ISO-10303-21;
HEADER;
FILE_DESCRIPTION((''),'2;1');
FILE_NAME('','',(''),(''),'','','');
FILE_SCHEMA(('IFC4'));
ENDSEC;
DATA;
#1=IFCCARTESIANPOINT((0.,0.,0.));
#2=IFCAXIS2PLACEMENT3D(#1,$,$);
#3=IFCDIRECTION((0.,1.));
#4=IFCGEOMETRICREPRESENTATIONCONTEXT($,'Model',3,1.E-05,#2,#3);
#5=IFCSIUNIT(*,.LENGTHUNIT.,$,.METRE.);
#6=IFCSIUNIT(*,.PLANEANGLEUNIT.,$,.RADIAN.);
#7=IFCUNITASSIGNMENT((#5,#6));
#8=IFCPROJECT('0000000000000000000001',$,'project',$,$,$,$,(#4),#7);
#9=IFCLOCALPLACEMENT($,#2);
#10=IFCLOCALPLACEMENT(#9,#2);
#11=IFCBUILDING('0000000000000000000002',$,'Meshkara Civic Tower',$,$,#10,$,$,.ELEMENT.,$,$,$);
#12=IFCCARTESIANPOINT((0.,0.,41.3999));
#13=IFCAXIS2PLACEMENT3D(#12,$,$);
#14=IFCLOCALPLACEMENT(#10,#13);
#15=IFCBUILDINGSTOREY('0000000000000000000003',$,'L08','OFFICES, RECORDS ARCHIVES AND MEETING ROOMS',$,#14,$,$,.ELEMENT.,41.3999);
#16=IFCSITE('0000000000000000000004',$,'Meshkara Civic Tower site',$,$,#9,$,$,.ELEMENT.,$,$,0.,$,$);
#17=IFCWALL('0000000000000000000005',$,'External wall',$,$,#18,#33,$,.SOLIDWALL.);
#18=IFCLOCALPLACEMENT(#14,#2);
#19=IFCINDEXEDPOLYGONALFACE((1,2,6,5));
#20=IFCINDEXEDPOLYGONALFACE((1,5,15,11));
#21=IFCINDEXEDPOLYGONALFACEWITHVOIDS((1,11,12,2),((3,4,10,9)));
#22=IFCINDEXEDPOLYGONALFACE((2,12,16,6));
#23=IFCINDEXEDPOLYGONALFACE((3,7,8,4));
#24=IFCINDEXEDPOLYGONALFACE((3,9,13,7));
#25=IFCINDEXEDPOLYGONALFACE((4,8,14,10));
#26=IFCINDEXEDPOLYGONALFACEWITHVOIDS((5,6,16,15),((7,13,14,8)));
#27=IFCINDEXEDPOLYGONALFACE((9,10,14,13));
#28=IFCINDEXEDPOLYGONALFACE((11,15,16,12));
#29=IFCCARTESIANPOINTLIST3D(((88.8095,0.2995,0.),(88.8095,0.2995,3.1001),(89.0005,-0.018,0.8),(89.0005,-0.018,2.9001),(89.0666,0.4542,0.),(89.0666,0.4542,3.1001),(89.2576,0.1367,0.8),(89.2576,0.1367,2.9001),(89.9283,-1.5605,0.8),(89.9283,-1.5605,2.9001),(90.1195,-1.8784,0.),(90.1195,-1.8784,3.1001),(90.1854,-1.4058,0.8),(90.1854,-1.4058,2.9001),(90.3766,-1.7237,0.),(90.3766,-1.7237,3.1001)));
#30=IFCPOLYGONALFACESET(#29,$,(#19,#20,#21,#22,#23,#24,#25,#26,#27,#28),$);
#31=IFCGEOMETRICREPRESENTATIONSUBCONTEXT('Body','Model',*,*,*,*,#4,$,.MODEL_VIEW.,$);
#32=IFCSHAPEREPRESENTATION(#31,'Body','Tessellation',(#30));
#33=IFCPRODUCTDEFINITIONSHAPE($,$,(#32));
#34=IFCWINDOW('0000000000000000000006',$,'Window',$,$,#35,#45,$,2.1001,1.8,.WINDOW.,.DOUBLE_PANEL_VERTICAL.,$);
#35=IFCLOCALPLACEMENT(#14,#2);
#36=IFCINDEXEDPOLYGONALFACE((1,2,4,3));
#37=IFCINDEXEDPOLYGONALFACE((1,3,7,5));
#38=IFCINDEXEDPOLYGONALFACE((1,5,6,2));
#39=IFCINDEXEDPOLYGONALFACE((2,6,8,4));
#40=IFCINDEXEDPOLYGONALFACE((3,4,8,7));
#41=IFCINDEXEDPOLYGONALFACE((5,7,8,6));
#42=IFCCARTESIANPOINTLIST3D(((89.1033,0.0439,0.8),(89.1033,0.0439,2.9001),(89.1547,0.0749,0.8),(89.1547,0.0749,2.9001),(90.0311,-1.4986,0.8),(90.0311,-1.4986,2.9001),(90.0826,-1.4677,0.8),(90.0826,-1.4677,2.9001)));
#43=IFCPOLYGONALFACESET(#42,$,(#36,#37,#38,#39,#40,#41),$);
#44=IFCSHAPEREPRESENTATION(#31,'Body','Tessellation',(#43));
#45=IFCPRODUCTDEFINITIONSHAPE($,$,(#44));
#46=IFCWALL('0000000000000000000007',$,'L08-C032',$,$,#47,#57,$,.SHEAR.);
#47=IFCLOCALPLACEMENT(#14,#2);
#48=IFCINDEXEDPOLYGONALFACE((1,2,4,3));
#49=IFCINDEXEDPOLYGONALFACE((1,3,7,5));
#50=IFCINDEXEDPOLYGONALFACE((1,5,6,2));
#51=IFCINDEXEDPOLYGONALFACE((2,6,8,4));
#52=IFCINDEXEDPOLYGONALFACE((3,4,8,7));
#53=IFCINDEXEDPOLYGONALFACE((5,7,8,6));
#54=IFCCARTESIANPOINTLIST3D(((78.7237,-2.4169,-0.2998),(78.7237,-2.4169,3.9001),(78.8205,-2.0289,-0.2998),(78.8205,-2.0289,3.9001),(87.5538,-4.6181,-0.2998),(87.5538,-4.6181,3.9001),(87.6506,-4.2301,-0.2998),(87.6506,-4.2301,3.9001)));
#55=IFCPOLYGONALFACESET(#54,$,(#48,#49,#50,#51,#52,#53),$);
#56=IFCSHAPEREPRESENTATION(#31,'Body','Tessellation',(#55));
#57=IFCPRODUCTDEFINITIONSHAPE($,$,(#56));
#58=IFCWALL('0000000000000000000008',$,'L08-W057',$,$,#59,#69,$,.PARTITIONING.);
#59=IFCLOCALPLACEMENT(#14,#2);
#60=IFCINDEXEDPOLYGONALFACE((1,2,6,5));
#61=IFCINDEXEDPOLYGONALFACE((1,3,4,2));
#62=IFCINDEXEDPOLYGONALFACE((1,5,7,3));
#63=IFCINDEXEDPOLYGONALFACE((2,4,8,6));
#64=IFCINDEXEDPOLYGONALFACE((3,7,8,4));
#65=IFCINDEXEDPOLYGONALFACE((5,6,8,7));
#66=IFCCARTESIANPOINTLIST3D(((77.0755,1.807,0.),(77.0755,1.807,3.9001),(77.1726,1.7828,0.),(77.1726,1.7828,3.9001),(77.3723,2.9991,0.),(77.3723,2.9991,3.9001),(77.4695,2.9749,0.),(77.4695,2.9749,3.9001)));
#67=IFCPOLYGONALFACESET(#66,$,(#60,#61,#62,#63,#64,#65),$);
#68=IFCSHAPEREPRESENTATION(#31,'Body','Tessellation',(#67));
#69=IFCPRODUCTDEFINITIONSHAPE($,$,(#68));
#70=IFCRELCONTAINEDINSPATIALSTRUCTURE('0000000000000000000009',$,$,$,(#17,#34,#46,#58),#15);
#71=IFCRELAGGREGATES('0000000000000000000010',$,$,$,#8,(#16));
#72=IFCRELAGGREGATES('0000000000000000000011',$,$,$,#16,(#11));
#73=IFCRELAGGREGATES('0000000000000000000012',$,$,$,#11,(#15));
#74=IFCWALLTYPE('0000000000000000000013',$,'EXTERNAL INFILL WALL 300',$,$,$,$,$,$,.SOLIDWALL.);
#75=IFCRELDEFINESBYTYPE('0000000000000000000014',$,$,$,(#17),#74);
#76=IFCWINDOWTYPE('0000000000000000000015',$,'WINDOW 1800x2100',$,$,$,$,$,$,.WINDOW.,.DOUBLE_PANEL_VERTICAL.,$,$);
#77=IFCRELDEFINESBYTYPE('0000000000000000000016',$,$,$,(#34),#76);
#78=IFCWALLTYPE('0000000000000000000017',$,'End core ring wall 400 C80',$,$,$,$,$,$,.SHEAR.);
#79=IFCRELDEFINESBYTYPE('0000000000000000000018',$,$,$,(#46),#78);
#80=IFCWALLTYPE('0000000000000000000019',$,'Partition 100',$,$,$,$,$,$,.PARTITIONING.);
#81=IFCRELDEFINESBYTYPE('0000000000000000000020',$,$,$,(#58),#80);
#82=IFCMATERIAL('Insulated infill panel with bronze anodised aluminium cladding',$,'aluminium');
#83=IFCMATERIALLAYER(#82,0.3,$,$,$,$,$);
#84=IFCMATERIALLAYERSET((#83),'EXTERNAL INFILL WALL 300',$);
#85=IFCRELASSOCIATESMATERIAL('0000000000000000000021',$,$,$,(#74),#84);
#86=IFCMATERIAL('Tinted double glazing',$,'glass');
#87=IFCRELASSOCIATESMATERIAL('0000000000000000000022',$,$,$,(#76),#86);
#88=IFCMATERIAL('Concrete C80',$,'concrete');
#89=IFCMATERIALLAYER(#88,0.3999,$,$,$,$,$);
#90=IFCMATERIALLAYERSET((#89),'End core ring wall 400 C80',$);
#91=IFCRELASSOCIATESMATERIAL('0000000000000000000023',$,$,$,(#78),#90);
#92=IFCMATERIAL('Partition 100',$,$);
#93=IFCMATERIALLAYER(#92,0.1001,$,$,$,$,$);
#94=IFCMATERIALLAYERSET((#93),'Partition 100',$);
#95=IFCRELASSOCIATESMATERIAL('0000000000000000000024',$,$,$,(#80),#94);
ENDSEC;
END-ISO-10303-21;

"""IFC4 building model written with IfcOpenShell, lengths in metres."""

from ifc_helpers import new_model, si_unit, direction, frame, frame_2d, origin, place, context, subcontext, project, spatial, rectangle, extrude, material, layer, layer_set, type_object, element, fill, save


model = new_model("IFC4")

# Units and contexts
model_context = context("Model", 3, precision=1e-05, world=origin(), true_north=direction((0.0, 1.0)))
body_context = subcontext(model_context, "Body", "Model", "MODEL_VIEW")
ifc_project = project(units=[si_unit("LENGTHUNIT", "METRE"), si_unit("PLANEANGLEUNIT", "RADIAN")], contexts=[model_context])

# Site, building, storey
site_placement = place(None, origin())
site = spatial("IfcSite", under=ifc_project, at=site_placement, Name="Meshkara Civic Tower site", CompositionType="ELEMENT", RefElevation=0.0)
building_placement = place(site_placement, origin())
building = spatial("IfcBuilding", under=site, at=building_placement, Name="Meshkara Civic Tower", CompositionType="ELEMENT")
storey_placement = place(building_placement, frame((0.0, 0.0, 41.3999)))
storey = spatial("IfcBuildingStorey", under=building, at=storey_placement, Name="L08", Description="OFFICES, RECORDS ARCHIVES AND MEETING ROOMS", CompositionType="ELEMENT", Elevation=41.3999)

# Wall, opening, window
ifc_material_1 = material(Name="Insulated infill panel with bronze anodised aluminium cladding", Category="aluminium")
ifc_layer_1 = layer(ifc_material_1, 0.3)
ifc_layer_set_1 = layer_set([ifc_layer_1], Name="EXTERNAL INFILL WALL 300")
wall_type_1 = type_object("IfcWallType", Name="EXTERNAL INFILL WALL 300", PredefinedType="SOLIDWALL", material=ifc_layer_set_1)
ifc_material_2 = material(Name="Tinted double glazing", Category="glass")
window_type_1 = type_object("IfcWindowType", Name="WINDOW 1800x2100", PartitioningType="DOUBLE_PANEL_VERTICAL", PredefinedType="WINDOW", material=ifc_material_2)
wall_1_placement = place(storey_placement, frame((90.248, -1.801, 0.0), z_axis=(0.0, 0.0, 1.0), x_axis=(-0.515442, 0.856925, 0.0)))
wall_1 = element("IfcWall", 1, at=wall_1_placement, inside=storey, type_object=wall_type_1, Name="External wall", PredefinedType="SOLIDWALL", context=body_context, shape_type="SweptSolid", body=[
    extrude(rectangle(XDim=2.5415, YDim=0.3, at=frame_2d((1.2708, 0.0))), origin(), (0.0, 0.0, 1.0), 3.1001),
])
opening_1_placement = place(wall_1_placement, frame((0.3711, 0.0, 0.8)))
opening_1 = element("IfcOpeningElement", 2, at=opening_1_placement, cuts=wall_1, PredefinedType="OPENING", context=body_context, shape_type="SweptSolid", body=[
    extrude(rectangle(XDim=1.8, YDim=2.1001, at=frame_2d((0.8999, 1.05))), frame((0.0, 0.1599, 0.0), z_axis=(0.0, -1.0, 0.0), x_axis=(1.0, 0.0, 0.0)), (0.0, 0.0, 1.0), 0.3201),
])
window_1_placement = place(opening_1_placement, origin())
window_1 = element("IfcWindow", 3, at=window_1_placement, inside=storey, type_object=window_type_1, Name="Window", OverallHeight=2.1001, OverallWidth=1.8, PartitioningType="DOUBLE_PANEL_VERTICAL", PredefinedType="WINDOW", context=body_context, shape_type="SweptSolid", body=[
    extrude(rectangle(XDim=1.8, YDim=2.1001, at=frame_2d((0.8999, 1.05))), frame((0.0, 0.03, 0.0), z_axis=(0.0, -1.0, 0.0), x_axis=(1.0, 0.0, 0.0)), (0.0, 0.0, 1.0), 0.0601),
])
fill(opening_1, window_1)

# Walls
ifc_material_3 = material(Name="Concrete C80", Category="concrete")
ifc_layer_2 = layer(ifc_material_3, 0.3999)
ifc_layer_set_2 = layer_set([ifc_layer_2], Name="End core ring wall 400 C80")
wall_type_2 = type_object("IfcWallType", Name="End core ring wall 400 C80", PredefinedType="SHEAR", material=ifc_layer_set_2)
wall_2_placement = place(storey_placement, frame((78.772, -2.2229, -0.2998), z_axis=(0.0, 0.0, 1.0), x_axis=(0.970306, -0.241879, 0.0)))
element("IfcWall", 4, at=wall_2_placement, inside=storey, type_object=wall_type_2, Name="L08-C032", PredefinedType="SHEAR", context=body_context, shape_type="SweptSolid", body=[
    extrude(rectangle(XDim=9.1003, YDim=0.3999, at=frame_2d((4.5503, 0.0))), origin(), (0.0, 0.0, 1.0), 4.2),
])
ifc_material_4 = material(Name="Partition 100")
ifc_layer_3 = layer(ifc_material_4, 0.1001)
ifc_layer_set_3 = layer_set([ifc_layer_3], Name="Partition 100")
wall_type_3 = type_object("IfcWallType", Name="Partition 100", PredefinedType="PARTITIONING", material=ifc_layer_set_3)
wall_3_placement = place(storey_placement, frame((77.124, 1.7949, 0.0), z_axis=(0.0, 0.0, 1.0), x_axis=(0.241647, 0.970364, 0.0)))
element("IfcWall", 5, at=wall_3_placement, inside=storey, type_object=wall_type_3, Name="L08-W057", PredefinedType="PARTITIONING", context=body_context, shape_type="SweptSolid", body=[
    extrude(rectangle(XDim=1.2285, YDim=0.1001, at=frame_2d((0.6143, 0.0))), origin(), (0.0, 0.0, 1.0), 3.9001),
])

save(model, "model.ifc")
